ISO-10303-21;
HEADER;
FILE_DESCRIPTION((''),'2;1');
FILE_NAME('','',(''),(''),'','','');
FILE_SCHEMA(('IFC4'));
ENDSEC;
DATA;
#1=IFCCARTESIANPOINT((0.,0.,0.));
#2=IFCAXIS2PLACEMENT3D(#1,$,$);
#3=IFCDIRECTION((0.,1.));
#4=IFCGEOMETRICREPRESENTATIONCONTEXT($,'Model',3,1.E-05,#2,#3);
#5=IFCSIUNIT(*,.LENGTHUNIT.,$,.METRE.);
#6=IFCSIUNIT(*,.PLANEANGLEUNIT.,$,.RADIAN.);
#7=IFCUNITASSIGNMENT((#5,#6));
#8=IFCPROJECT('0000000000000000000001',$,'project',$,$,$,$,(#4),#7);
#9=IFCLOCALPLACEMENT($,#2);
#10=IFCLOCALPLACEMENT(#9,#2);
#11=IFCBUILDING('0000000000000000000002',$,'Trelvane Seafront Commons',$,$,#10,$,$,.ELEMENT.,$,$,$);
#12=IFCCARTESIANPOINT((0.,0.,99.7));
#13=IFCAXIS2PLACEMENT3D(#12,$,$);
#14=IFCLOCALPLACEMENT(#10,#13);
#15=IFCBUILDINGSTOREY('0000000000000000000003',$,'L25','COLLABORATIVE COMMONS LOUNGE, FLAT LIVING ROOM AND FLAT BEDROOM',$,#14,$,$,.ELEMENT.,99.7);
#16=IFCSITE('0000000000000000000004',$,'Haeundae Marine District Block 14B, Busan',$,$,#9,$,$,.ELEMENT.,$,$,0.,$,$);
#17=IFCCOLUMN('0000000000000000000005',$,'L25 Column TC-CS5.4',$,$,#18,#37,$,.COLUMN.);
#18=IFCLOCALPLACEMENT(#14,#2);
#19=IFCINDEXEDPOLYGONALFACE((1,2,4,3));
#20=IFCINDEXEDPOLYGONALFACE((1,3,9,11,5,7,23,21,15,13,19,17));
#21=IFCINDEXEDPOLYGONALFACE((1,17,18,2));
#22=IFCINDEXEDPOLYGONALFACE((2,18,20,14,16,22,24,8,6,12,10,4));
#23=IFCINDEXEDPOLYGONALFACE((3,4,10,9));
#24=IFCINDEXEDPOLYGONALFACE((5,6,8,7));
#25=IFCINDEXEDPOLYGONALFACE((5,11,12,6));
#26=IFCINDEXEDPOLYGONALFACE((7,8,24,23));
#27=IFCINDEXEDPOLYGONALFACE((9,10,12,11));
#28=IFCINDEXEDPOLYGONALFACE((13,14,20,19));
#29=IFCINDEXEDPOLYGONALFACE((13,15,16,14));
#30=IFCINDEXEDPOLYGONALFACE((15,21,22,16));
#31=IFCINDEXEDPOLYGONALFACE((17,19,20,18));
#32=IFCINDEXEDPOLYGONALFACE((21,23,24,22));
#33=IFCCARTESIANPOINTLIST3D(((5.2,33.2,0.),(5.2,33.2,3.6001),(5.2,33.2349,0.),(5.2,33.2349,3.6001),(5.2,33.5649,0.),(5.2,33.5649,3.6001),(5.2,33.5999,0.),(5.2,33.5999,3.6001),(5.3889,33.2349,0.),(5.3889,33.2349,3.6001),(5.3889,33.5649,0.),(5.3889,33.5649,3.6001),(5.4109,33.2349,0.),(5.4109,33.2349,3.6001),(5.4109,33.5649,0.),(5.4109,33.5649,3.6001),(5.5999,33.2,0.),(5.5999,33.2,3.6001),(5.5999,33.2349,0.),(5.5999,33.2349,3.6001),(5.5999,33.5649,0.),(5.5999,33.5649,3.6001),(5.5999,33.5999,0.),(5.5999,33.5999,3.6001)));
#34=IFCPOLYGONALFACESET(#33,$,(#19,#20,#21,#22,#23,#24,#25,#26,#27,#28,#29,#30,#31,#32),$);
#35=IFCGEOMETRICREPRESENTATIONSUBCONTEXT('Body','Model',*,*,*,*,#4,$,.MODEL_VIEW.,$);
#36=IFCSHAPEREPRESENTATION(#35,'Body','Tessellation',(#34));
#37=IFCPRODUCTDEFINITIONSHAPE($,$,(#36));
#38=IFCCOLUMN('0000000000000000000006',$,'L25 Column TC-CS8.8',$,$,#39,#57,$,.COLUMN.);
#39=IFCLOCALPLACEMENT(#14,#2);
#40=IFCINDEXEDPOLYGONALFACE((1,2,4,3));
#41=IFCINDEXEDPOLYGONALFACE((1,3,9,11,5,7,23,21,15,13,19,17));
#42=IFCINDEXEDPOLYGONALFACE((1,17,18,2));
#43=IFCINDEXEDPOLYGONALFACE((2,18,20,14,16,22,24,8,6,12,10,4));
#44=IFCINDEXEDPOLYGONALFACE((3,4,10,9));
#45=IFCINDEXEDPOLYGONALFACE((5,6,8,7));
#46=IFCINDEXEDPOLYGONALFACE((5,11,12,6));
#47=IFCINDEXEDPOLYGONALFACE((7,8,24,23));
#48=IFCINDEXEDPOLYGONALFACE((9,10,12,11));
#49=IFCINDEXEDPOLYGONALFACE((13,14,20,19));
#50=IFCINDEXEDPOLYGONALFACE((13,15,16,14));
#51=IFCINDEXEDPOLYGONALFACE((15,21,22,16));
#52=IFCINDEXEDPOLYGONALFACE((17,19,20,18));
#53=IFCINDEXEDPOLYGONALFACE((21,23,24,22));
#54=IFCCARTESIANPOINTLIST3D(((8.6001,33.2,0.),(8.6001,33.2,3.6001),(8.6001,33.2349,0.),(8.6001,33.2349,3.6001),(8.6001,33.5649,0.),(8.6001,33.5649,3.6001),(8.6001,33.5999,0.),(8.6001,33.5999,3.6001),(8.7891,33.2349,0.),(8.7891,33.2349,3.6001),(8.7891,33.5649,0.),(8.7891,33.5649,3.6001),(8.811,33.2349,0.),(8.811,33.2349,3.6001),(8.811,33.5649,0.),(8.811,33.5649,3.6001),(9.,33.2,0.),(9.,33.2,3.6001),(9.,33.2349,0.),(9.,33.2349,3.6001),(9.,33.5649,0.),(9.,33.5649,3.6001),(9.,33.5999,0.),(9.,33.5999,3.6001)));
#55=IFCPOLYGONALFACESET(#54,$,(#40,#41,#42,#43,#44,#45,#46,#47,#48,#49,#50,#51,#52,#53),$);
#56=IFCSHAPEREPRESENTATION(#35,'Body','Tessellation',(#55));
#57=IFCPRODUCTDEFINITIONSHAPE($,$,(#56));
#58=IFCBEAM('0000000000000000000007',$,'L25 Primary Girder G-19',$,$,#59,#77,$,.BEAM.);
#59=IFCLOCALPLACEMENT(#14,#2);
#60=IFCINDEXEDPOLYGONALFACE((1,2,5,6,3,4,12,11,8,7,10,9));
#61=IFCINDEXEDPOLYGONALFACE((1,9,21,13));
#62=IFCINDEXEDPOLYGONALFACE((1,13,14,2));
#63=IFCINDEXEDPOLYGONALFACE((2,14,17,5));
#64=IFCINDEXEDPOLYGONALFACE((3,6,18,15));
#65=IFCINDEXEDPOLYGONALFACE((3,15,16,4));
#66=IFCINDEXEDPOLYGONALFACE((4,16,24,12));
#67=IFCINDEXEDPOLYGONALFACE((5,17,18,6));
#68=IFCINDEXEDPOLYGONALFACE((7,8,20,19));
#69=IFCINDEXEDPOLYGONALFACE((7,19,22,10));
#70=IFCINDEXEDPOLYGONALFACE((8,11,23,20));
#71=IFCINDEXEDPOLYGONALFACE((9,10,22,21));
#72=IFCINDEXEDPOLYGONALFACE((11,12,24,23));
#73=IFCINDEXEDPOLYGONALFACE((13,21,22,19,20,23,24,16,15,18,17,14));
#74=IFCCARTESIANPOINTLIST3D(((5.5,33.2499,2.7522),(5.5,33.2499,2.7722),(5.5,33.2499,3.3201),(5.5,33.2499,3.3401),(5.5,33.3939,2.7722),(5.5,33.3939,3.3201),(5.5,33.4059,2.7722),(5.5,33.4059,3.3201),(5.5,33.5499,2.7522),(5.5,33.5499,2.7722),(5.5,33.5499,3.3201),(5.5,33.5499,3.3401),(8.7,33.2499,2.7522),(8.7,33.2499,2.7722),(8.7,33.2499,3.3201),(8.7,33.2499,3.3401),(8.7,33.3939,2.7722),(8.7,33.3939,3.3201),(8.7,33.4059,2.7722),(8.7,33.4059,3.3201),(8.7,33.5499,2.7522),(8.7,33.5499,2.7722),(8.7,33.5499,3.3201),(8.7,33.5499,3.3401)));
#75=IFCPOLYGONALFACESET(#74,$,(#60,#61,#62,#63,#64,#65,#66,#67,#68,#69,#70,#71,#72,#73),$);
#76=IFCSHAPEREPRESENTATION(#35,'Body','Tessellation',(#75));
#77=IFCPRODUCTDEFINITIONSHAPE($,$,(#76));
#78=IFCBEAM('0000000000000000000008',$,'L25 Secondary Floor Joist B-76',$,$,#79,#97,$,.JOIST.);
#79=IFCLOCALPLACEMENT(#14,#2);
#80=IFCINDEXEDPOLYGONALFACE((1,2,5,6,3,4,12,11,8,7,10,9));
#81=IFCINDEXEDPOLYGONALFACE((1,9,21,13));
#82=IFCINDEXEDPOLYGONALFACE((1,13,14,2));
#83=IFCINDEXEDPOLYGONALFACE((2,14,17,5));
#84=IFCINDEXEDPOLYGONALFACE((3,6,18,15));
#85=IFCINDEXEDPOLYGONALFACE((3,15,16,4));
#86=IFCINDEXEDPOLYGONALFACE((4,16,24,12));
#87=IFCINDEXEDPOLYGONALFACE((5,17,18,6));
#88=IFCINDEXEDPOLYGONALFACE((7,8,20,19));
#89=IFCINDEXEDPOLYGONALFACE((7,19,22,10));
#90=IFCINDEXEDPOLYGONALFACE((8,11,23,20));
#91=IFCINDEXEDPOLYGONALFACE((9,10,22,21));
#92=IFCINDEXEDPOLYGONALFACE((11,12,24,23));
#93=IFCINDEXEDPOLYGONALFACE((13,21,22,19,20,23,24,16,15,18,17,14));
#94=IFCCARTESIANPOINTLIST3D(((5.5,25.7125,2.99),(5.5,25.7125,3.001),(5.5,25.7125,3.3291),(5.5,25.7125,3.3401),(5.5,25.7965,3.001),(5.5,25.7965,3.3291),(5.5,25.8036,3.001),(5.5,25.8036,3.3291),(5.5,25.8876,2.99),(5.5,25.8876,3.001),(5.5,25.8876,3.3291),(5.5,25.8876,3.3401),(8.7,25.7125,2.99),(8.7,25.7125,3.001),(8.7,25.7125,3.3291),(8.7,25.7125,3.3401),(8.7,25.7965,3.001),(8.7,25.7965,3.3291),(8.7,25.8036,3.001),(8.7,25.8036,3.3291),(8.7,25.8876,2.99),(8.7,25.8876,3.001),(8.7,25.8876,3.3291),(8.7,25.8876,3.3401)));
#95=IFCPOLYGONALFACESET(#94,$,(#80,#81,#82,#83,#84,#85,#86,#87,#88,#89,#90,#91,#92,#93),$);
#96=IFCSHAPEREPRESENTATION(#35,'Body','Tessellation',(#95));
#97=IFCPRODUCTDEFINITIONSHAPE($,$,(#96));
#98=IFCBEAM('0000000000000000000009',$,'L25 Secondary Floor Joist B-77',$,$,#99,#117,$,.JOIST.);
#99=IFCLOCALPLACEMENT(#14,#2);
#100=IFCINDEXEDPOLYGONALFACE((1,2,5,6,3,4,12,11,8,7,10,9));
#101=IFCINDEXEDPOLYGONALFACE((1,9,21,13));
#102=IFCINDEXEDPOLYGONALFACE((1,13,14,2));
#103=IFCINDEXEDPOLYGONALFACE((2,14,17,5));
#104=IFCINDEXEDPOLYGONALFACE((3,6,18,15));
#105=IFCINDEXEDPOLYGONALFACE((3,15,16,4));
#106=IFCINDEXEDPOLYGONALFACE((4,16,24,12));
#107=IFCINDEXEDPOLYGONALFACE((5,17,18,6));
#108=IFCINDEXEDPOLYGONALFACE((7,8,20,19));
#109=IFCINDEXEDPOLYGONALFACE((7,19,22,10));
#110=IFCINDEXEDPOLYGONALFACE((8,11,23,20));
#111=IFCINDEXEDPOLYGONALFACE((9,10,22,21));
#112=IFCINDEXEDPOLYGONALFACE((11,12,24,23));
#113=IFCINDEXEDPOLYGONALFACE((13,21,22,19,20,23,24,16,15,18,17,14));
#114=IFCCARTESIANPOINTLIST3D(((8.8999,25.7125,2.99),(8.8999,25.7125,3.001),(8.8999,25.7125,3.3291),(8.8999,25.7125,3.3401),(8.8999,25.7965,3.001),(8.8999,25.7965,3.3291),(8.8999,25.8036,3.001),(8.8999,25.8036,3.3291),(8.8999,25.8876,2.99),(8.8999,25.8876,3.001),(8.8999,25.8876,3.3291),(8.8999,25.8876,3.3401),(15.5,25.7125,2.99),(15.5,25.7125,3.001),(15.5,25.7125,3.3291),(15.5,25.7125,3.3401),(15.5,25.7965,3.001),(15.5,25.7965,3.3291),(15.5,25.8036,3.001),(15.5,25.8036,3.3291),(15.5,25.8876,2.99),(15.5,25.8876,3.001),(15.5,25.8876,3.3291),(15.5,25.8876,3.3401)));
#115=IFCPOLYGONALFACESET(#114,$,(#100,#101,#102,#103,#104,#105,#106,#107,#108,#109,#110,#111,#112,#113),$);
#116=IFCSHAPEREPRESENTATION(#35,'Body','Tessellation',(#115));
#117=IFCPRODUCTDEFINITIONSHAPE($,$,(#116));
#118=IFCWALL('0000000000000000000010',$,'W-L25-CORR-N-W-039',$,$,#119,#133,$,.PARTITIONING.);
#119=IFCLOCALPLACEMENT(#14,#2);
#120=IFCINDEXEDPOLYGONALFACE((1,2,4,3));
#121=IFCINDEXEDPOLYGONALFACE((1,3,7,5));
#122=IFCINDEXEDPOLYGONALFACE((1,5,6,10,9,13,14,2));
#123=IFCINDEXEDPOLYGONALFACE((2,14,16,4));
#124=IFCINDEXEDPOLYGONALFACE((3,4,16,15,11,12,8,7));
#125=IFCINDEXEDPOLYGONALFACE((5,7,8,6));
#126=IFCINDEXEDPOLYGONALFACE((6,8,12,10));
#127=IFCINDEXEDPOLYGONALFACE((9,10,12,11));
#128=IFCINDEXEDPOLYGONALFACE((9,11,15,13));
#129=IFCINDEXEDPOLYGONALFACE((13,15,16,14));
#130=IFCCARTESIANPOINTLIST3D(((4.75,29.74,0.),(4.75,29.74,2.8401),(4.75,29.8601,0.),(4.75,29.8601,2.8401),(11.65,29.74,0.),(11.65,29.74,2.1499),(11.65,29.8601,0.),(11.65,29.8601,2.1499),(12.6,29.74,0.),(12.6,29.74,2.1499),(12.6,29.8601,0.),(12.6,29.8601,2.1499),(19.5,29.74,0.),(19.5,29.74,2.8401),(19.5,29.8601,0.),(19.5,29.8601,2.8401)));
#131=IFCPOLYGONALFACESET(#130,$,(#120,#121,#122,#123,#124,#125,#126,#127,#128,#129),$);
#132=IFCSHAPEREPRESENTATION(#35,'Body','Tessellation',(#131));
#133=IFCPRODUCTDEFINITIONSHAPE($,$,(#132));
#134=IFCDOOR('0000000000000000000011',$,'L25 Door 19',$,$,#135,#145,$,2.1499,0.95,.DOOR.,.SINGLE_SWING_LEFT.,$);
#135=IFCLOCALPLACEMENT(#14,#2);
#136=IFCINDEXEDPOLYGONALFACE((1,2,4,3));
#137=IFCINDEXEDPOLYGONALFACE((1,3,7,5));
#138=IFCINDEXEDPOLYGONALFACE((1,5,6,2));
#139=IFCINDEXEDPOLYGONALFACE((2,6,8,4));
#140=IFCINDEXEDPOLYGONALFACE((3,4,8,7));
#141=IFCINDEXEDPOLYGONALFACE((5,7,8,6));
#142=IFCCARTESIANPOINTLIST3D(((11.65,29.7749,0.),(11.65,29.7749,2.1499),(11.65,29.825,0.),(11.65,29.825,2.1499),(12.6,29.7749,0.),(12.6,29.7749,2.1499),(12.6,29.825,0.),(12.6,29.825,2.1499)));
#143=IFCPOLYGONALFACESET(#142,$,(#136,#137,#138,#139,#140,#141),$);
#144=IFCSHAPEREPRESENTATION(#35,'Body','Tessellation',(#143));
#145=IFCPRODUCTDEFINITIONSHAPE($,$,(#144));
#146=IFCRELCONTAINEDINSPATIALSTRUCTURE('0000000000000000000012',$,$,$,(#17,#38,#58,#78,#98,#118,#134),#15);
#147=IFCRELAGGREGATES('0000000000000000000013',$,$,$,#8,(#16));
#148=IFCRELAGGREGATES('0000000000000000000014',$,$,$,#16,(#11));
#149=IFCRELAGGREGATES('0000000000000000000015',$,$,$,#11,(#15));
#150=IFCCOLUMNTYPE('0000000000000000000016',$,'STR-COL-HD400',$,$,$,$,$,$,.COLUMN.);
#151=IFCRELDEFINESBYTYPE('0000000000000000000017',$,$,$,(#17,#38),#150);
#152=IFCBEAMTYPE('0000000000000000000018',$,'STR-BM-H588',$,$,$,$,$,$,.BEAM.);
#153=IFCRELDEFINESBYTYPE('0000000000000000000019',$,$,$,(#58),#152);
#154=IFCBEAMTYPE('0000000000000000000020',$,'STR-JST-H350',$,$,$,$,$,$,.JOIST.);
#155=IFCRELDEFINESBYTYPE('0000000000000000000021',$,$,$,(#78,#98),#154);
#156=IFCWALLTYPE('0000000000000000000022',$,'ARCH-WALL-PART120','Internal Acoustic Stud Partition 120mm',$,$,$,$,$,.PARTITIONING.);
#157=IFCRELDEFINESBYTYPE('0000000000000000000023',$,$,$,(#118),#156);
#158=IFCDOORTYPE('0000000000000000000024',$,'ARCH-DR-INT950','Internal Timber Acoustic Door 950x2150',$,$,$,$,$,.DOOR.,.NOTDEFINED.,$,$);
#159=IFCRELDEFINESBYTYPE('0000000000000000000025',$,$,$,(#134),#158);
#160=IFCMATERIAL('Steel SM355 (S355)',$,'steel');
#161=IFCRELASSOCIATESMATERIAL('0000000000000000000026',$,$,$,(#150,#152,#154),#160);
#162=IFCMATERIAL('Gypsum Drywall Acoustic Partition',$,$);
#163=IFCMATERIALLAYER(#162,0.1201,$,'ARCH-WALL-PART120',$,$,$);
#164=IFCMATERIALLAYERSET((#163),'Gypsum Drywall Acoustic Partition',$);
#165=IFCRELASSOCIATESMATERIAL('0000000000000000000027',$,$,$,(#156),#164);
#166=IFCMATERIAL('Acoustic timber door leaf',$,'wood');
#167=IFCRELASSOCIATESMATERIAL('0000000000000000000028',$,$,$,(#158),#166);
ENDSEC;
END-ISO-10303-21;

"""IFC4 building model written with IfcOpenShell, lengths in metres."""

from ifc_helpers import new_model, si_unit, direction, frame, frame_2d, origin, origin_2d, place, context, subcontext, project, spatial, rectangle, i_section, extrude, source, transform, mapped, material, layer, layer_set, material_profile, profile_set, type_object, element, fill, save


model = new_model("IFC4")

# Units and contexts
model_context = context("Model", 3, precision=1e-05, world=origin(), true_north=direction((0.0, 1.0)))
body_context = subcontext(model_context, "Body", "Model", "MODEL_VIEW")
ifc_project = project(units=[si_unit("LENGTHUNIT", "METRE"), si_unit("PLANEANGLEUNIT", "RADIAN")], contexts=[model_context])

# Site, building, storey
site_placement = place(None, origin())
site = spatial("IfcSite", under=ifc_project, at=site_placement, Name="Haeundae Marine District Block 14B, Busan", CompositionType="ELEMENT", RefElevation=0.0)
building_placement = place(site_placement, origin())
building = spatial("IfcBuilding", under=site, at=building_placement, Name="Trelvane Seafront Commons", CompositionType="ELEMENT")
storey_placement = place(building_placement, frame((0.0, 0.0, 99.7)))
storey = spatial("IfcBuildingStorey", under=building, at=storey_placement, Name="L25", Description="COLLABORATIVE COMMONS LOUNGE, FLAT LIVING ROOM AND FLAT BEDROOM", CompositionType="ELEMENT", Elevation=99.7)

# Columns
ifc_material_1 = material(Name="Steel SM355 (S355)", Category="steel")
ifc_material_profile_1 = material_profile(ifc_material_1, i_section(OverallWidth=0.3999, OverallDepth=0.3999, WebThickness=0.022, FlangeThickness=0.0349, at=origin_2d()), Name="HD-400x400x22x35")
ifc_profile_set_1 = profile_set([ifc_material_profile_1], Name="Steel SM355 (S355)")
column_type = type_object("IfcColumnType", Name="STR-COL-HD400", PredefinedType="COLUMN", material=ifc_profile_set_1)
shared_shape_1 = source(origin(), body_context, "Body", "SweptSolid", [
    extrude(i_section(OverallWidth=0.3999, OverallDepth=0.3999, WebThickness=0.022, FlangeThickness=0.0349, at=origin_2d()), origin(), (0.0, 0.0, 1.0), 3.6001),
])
for number, where, z_axis, x_axis, name in (
    (1, (5.3999, 33.3999, 0.0), (0.0, 0.0, 1.0), (1.0, 0.0, 0.0), "L25 Column TC-CS5.4"),
    (2, (8.8, 33.3999, 0.0), (0.0, 0.0, 1.0), (1.0, 0.0, 0.0), "L25 Column TC-CS8.8"),
):
    element("IfcColumn", number, at=place(storey_placement, frame(where, z_axis=z_axis, x_axis=x_axis)), inside=storey, type_object=column_type, Name=name, PredefinedType="COLUMN", context=body_context, shape_type="MappedRepresentation", body=[
        mapped(shared_shape_1, transform((0.0, 0.0, 0.0), x_axis=(1.0, 0.0, 0.0), y_axis=(0.0, 1.0, 0.0), z_axis=(0.0, 0.0, 1.0), scale=1.0)),
    ])

# Beams
ifc_material_profile_2 = material_profile(ifc_material_1, i_section(OverallWidth=0.3, OverallDepth=0.5879, WebThickness=0.012, FlangeThickness=0.02, at=origin_2d()), Name="H-588x300x12x20")
ifc_profile_set_2 = profile_set([ifc_material_profile_2], Name="Steel SM355 (S355)")
beam_type_1 = type_object("IfcBeamType", Name="STR-BM-H588", PredefinedType="BEAM", material=ifc_profile_set_2)
shared_shape_2 = source(origin(), body_context, "Body", "SweptSolid", [
    extrude(i_section(OverallWidth=0.3, OverallDepth=0.5879, WebThickness=0.012, FlangeThickness=0.02, at=origin_2d()), origin(), (0.0, 0.0, 1.0), 3.2),
])
beam_1_placement = place(storey_placement, frame((5.5, 33.3999, 3.0461), z_axis=(1.0, 0.0, 0.0), x_axis=(0.0, 1.0, 0.0)))
element("IfcBeam", 3, at=beam_1_placement, inside=storey, type_object=beam_type_1, Name="L25 Primary Girder G-19", PredefinedType="BEAM", context=body_context, shape_type="MappedRepresentation", body=[
    mapped(shared_shape_2, transform((0.0, 0.0, 0.0), x_axis=(1.0, 0.0, 0.0), y_axis=(0.0, 1.0, 0.0), z_axis=(0.0, 0.0, 1.0), scale=1.0)),
])
ifc_material_profile_3 = material_profile(ifc_material_1, i_section(OverallWidth=0.175, OverallDepth=0.3501, WebThickness=0.0071, FlangeThickness=0.011, at=origin_2d()), Name="H-350x175x7x11")
ifc_profile_set_3 = profile_set([ifc_material_profile_3], Name="Steel SM355 (S355)")
beam_type_2 = type_object("IfcBeamType", Name="STR-JST-H350", PredefinedType="JOIST", material=ifc_profile_set_3)
shared_shape_3 = source(origin(), body_context, "Body", "SweptSolid", [
    extrude(i_section(OverallWidth=0.175, OverallDepth=0.3501, WebThickness=0.0071, FlangeThickness=0.011, at=origin_2d()), origin(), (0.0, 0.0, 1.0), 3.2),
])
beam_2_placement = place(storey_placement, frame((5.5, 25.8, 3.165), z_axis=(1.0, 0.0, 0.0), x_axis=(0.0, 1.0, 0.0)))
element("IfcBeam", 4, at=beam_2_placement, inside=storey, type_object=beam_type_2, Name="L25 Secondary Floor Joist B-76", PredefinedType="JOIST", context=body_context, shape_type="MappedRepresentation", body=[
    mapped(shared_shape_3, transform((0.0, 0.0, 0.0), x_axis=(1.0, 0.0, 0.0), y_axis=(0.0, 1.0, 0.0), z_axis=(0.0, 0.0, 1.0), scale=1.0)),
])
shared_shape_4 = source(origin(), body_context, "Body", "SweptSolid", [
    extrude(i_section(OverallWidth=0.175, OverallDepth=0.3501, WebThickness=0.0071, FlangeThickness=0.011, at=origin_2d()), origin(), (0.0, 0.0, 1.0), 6.6001),
])
beam_3_placement = place(storey_placement, frame((8.8999, 25.8, 3.165), z_axis=(1.0, 0.0, 0.0), x_axis=(0.0, 1.0, 0.0)))
element("IfcBeam", 5, at=beam_3_placement, inside=storey, type_object=beam_type_2, Name="L25 Secondary Floor Joist B-77", PredefinedType="JOIST", context=body_context, shape_type="MappedRepresentation", body=[
    mapped(shared_shape_4, transform((0.0, 0.0, 0.0), x_axis=(1.0, 0.0, 0.0), y_axis=(0.0, 1.0, 0.0), z_axis=(0.0, 0.0, 1.0), scale=1.0)),
])

# Wall, opening, door
ifc_material_2 = material(Name="Gypsum Drywall Acoustic Partition")
ifc_layer_1 = layer(ifc_material_2, 0.1201, Name="ARCH-WALL-PART120")
ifc_layer_set_1 = layer_set([ifc_layer_1], Name="Gypsum Drywall Acoustic Partition")
wall_type_1 = type_object("IfcWallType", Name="ARCH-WALL-PART120", Description="Internal Acoustic Stud Partition 120mm", PredefinedType="PARTITIONING", material=ifc_layer_set_1)
wall_1_placement = place(storey_placement, frame((4.75, 29.8, 0.0), z_axis=(0.0, 0.0, 1.0), x_axis=(1.0, 0.0, 0.0)))
wall_1 = element("IfcWall", 6, at=wall_1_placement, inside=storey, type_object=wall_type_1, Name="W-L25-CORR-N-W-039", PredefinedType="PARTITIONING", context=body_context, shape_type="SweptSolid", body=[
    extrude(rectangle(XDim=14.75, YDim=0.1201, at=frame_2d((7.375, 0.0))), origin(), (0.0, 0.0, 1.0), 2.8401),
])
opening_1_placement = place(wall_1_placement, frame((6.8999, 0.0, 0.0)))
opening_1 = element("IfcOpeningElement", 7, at=opening_1_placement, cuts=wall_1, PredefinedType="OPENING", context=body_context, shape_type="SweptSolid", body=[
    extrude(rectangle(XDim=0.95, YDim=2.1499, at=frame_2d((0.4751, 1.075))), frame((0.0, 0.0701, 0.0), z_axis=(0.0, -1.0, 0.0), x_axis=(1.0, 0.0, 0.0)), (0.0, 0.0, 1.0), 0.1401),
])
ifc_material_3 = material(Name="Acoustic timber door leaf", Category="wood")
door_type_1 = type_object("IfcDoorType", Name="ARCH-DR-INT950", Description="Internal Timber Acoustic Door 950x2150", OperationType="NOTDEFINED", PredefinedType="DOOR", material=ifc_material_3)
shared_shape_5 = source(origin(), body_context, "Body", "SweptSolid", [
    extrude(rectangle(XDim=0.95, YDim=2.1499, at=frame_2d((0.4751, 1.075))), frame((0.0, 0.0249, 0.0), z_axis=(0.0, -1.0, 0.0), x_axis=(1.0, 0.0, 0.0)), (0.0, 0.0, 1.0), 0.05),
])
door_1_placement = place(opening_1_placement, origin())
door_1 = element("IfcDoor", 8, at=door_1_placement, inside=storey, type_object=door_type_1, Name="L25 Door 19", OperationType="SINGLE_SWING_LEFT", OverallHeight=2.1499, OverallWidth=0.95, PredefinedType="DOOR", context=body_context, shape_type="MappedRepresentation", body=[
    mapped(shared_shape_5, transform((0.0, 0.0, 0.0), x_axis=(1.0, 0.0, 0.0), y_axis=(0.0, 1.0, 0.0), z_axis=(0.0, 0.0, 1.0), scale=1.0)),
])
fill(opening_1, door_1)

save(model, "model.ifc")
